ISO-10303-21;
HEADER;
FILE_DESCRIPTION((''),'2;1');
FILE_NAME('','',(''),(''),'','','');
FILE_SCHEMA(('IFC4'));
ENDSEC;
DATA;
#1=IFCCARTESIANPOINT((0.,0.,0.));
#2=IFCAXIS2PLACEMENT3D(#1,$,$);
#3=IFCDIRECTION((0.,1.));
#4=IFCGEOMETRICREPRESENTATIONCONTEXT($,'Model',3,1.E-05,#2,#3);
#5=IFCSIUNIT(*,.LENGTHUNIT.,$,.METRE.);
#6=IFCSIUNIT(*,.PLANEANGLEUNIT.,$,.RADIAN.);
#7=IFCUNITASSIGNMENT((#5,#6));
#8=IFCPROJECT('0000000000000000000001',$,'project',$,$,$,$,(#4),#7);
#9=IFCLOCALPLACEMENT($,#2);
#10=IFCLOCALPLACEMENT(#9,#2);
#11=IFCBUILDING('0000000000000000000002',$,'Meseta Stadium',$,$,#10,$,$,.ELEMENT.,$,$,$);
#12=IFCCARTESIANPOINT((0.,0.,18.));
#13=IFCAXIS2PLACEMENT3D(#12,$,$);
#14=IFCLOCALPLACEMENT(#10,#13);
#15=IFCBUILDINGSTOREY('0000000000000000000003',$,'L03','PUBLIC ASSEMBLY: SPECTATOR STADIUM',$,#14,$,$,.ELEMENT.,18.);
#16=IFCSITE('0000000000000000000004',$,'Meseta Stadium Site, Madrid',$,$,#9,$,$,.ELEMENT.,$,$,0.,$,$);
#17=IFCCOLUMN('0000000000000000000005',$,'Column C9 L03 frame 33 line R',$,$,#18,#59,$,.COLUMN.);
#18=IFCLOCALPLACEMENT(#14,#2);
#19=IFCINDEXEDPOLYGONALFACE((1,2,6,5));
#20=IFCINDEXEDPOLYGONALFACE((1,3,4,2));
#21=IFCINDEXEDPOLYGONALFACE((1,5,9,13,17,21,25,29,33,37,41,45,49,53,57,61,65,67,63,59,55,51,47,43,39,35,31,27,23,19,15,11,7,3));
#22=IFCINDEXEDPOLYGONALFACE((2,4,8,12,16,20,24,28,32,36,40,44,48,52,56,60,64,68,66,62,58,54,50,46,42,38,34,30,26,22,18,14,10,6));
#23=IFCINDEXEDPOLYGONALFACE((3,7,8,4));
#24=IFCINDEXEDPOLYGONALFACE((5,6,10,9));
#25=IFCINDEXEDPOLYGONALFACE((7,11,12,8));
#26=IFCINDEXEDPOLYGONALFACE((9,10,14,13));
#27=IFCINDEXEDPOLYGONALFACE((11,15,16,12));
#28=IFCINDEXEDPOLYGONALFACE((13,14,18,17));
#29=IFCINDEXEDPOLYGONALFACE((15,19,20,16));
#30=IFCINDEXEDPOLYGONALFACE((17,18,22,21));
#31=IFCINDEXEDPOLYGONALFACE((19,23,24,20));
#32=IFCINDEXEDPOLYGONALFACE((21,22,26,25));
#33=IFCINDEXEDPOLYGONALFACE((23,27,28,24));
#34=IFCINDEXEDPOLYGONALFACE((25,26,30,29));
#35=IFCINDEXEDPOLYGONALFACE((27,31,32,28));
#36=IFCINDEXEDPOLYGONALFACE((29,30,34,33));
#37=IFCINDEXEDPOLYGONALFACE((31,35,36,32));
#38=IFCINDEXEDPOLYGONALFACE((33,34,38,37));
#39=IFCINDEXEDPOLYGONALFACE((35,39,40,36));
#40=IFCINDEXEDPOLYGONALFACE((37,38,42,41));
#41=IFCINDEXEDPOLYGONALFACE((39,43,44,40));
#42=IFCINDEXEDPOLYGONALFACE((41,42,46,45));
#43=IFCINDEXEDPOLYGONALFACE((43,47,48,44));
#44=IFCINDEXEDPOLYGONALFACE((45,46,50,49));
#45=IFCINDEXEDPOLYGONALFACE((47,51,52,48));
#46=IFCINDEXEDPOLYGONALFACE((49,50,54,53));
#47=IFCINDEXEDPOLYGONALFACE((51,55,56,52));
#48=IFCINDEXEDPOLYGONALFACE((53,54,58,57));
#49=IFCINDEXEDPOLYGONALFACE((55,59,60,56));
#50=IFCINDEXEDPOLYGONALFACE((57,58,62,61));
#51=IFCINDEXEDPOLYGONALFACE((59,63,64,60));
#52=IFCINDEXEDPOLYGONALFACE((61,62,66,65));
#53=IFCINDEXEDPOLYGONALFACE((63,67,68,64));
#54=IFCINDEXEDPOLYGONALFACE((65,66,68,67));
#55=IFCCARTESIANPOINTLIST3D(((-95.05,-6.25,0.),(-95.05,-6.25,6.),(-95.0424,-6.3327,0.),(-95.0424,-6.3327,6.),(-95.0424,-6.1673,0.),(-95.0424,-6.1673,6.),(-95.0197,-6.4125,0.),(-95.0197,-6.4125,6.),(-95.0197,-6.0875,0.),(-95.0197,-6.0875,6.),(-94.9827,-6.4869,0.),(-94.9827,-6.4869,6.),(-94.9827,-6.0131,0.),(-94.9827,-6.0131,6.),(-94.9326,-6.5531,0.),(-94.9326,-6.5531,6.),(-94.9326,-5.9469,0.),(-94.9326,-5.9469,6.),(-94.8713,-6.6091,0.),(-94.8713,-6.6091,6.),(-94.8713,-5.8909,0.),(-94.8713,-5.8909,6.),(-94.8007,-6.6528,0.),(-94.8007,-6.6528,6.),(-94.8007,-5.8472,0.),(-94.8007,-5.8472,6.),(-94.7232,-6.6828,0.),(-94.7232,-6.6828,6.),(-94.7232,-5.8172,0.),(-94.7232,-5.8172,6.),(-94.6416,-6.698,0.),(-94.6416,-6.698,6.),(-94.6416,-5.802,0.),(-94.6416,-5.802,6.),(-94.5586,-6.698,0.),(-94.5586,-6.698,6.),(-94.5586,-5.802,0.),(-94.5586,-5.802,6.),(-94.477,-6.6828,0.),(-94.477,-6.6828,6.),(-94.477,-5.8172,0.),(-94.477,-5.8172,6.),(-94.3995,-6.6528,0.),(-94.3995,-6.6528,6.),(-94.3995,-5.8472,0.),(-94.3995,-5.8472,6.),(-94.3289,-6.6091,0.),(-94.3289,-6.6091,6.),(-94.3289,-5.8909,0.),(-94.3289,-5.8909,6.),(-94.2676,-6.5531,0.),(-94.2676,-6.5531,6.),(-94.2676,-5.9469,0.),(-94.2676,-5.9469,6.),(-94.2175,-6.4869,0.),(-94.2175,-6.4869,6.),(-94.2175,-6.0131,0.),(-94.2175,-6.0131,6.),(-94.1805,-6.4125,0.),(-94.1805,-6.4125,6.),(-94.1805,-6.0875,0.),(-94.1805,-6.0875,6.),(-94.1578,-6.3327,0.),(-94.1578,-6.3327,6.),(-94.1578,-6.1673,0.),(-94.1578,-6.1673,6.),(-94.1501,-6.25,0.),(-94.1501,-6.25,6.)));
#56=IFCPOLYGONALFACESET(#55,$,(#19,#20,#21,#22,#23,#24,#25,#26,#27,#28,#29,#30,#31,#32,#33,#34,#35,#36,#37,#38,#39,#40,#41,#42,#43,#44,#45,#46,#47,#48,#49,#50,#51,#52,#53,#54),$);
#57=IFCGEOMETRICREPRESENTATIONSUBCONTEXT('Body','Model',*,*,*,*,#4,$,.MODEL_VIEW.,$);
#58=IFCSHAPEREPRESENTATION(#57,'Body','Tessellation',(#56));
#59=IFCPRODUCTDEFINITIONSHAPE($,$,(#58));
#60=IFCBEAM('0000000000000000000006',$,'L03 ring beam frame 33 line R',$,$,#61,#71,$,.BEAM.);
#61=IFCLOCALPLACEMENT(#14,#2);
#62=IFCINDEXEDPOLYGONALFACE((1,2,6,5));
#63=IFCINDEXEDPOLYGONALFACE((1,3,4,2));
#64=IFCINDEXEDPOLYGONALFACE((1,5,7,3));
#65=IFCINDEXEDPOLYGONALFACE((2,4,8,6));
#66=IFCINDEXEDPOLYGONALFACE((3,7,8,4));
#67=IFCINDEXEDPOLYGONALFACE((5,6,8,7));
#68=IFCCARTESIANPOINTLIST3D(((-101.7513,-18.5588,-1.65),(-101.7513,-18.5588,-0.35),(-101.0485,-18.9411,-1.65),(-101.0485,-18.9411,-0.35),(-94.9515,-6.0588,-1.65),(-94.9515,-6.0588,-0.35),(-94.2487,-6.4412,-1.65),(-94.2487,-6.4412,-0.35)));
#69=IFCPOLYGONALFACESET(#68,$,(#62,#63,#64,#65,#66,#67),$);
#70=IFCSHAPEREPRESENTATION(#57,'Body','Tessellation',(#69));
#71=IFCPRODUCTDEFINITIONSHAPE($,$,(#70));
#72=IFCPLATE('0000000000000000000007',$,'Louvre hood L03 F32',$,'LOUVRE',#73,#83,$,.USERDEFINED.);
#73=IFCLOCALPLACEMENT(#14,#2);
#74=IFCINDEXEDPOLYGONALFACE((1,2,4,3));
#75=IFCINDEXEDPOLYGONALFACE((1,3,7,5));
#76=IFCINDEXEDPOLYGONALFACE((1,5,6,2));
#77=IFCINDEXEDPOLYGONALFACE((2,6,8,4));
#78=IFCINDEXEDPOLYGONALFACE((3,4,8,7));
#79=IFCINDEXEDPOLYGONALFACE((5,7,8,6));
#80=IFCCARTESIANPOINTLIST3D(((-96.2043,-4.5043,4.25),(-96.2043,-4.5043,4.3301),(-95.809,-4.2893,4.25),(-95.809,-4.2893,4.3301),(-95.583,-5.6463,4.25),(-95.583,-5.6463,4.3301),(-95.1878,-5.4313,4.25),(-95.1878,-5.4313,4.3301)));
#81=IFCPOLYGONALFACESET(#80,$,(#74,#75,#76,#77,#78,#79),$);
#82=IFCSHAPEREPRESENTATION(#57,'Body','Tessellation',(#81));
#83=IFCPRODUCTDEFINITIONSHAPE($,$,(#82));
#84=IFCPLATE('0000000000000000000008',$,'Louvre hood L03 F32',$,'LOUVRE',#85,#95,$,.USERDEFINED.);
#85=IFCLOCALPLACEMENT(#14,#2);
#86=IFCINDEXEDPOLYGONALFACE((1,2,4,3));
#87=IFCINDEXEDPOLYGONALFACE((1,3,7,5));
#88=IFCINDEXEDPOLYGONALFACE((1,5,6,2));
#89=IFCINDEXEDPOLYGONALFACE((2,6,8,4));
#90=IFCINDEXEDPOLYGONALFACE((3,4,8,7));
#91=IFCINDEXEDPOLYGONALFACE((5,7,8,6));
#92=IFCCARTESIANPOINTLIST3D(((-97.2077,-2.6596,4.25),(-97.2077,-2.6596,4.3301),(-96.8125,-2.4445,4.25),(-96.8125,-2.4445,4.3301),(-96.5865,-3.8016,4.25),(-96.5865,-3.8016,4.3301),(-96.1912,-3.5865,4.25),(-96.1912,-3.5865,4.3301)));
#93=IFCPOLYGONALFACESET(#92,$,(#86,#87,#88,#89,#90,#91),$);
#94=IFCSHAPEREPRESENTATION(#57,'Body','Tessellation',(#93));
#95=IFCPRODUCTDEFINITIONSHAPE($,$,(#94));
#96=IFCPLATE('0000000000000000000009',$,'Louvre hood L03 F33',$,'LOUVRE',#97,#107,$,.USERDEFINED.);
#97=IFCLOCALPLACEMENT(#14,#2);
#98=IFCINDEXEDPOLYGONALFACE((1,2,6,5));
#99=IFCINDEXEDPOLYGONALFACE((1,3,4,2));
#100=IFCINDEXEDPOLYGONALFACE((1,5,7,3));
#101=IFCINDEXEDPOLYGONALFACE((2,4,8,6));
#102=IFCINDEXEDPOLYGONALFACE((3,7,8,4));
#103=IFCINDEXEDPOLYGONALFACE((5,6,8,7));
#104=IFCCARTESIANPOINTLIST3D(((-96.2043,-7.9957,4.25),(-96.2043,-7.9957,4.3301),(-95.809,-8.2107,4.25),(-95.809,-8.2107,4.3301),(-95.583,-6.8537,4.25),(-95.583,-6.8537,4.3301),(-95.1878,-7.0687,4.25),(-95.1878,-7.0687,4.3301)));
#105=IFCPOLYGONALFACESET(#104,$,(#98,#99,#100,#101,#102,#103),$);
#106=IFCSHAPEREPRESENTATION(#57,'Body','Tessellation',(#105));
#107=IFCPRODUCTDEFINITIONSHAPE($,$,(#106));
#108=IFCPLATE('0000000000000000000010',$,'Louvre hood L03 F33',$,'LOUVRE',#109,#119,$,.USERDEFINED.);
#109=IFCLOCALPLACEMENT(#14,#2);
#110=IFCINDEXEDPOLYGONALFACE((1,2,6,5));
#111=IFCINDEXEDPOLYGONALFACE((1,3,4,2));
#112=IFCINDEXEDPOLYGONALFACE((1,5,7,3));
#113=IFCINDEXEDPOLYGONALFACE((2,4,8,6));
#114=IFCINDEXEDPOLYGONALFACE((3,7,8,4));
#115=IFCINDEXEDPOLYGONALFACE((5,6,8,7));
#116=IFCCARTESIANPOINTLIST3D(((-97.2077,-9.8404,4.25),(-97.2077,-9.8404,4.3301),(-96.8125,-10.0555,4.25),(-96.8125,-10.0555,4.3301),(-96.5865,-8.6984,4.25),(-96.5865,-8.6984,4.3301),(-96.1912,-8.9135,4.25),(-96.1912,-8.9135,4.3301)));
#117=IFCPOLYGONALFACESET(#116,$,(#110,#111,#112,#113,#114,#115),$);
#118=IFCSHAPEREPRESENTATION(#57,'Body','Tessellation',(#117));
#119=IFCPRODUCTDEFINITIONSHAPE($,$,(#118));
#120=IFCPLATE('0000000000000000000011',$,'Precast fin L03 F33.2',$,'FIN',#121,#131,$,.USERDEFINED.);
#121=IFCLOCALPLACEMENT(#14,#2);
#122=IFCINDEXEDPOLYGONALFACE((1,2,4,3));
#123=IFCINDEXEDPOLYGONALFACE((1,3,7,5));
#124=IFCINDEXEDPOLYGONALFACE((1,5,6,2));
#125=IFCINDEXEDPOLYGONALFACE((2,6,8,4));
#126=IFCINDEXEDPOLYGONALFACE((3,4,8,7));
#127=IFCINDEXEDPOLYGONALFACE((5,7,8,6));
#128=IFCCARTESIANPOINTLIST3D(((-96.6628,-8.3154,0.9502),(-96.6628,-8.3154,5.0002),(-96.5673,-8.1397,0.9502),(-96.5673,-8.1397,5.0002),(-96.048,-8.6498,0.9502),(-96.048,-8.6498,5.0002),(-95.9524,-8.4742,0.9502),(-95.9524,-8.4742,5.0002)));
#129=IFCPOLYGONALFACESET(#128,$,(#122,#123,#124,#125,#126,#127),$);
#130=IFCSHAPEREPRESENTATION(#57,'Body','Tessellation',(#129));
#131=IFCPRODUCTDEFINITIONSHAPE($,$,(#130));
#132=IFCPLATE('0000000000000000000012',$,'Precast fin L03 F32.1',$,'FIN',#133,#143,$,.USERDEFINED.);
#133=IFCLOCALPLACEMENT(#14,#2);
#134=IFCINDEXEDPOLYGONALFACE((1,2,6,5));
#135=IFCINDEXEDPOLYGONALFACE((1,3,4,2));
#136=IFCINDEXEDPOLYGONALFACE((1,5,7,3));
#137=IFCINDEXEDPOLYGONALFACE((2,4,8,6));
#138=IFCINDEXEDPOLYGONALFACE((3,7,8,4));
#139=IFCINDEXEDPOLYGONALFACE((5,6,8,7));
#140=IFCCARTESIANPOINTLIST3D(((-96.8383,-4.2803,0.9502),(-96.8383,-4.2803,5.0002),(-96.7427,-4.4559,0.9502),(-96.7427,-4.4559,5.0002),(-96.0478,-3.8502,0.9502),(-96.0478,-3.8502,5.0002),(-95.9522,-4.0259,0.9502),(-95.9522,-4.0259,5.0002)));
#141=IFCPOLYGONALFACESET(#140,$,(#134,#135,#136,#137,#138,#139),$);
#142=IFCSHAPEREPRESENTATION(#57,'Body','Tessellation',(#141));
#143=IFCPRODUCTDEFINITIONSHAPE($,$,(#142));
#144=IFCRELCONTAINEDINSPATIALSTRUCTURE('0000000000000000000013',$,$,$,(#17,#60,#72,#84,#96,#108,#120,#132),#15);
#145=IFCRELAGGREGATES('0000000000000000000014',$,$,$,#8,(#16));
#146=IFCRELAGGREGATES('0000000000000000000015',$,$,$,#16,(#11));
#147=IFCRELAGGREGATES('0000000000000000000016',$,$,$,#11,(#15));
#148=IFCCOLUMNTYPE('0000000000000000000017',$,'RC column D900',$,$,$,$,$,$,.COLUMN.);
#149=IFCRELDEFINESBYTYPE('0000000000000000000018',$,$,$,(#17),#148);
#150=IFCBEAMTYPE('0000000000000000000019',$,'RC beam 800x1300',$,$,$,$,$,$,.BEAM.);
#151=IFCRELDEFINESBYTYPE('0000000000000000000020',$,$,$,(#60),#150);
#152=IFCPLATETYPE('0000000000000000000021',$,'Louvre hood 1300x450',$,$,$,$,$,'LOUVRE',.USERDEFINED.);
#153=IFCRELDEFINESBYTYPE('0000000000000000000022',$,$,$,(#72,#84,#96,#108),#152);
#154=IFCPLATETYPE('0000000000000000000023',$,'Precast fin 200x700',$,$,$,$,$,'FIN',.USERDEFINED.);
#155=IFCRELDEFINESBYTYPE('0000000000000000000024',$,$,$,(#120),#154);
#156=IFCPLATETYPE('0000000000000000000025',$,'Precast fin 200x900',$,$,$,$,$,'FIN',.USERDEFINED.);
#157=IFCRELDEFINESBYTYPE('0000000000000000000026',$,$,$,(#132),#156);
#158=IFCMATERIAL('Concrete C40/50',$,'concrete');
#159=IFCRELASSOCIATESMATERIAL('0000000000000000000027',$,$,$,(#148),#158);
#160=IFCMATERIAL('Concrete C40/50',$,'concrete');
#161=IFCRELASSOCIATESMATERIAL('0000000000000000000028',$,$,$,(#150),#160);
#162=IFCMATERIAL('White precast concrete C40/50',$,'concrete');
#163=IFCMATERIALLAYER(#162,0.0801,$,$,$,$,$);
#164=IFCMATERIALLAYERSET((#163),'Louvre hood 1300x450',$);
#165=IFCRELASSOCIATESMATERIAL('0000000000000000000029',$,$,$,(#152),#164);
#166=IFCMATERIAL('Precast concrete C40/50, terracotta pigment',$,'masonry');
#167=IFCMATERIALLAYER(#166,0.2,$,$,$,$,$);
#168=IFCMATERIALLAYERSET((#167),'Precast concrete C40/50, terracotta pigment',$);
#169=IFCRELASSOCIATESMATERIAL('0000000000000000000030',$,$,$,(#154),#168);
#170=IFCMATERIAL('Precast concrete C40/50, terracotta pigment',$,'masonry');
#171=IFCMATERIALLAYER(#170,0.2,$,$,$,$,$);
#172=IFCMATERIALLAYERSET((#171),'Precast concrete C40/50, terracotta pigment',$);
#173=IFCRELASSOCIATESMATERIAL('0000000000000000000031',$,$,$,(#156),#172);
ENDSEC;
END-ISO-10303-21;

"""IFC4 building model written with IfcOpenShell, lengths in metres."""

from ifc_helpers import new_model, si_unit, direction, frame, origin, origin_2d, place, context, subcontext, project, spatial, rectangle, circle, extrude, material, layer, layer_set, material_profile, profile_set, type_object, element, save


model = new_model("IFC4")

# Units and contexts
model_context = context("Model", 3, precision=1e-05, world=origin(), true_north=direction((0.0, 1.0)))
body_context = subcontext(model_context, "Body", "Model", "MODEL_VIEW")
ifc_project = project(units=[si_unit("LENGTHUNIT", "METRE"), si_unit("PLANEANGLEUNIT", "RADIAN")], contexts=[model_context])

# Site, building, storey
site_placement = place(None, origin())
site = spatial("IfcSite", under=ifc_project, at=site_placement, Name="Meseta Stadium Site, Madrid", CompositionType="ELEMENT", RefElevation=0.0)
building_placement = place(site_placement, origin())
building = spatial("IfcBuilding", under=site, at=building_placement, Name="Meseta Stadium", CompositionType="ELEMENT")
storey_placement = place(building_placement, frame((0.0, 0.0, 18.0)))
storey = spatial("IfcBuildingStorey", under=building, at=storey_placement, Name="L03", Description="PUBLIC ASSEMBLY: SPECTATOR STADIUM", CompositionType="ELEMENT", Elevation=18.0)

# Column
ifc_material_1 = material(Name="Concrete C40/50", Category="concrete")
ifc_material_profile_1 = material_profile(ifc_material_1, circle(Radius=0.45, at=origin_2d()), Name="RC D900")
ifc_profile_set_1 = profile_set([ifc_material_profile_1], Name="Concrete C40/50")
column_type = type_object("IfcColumnType", Name="RC column D900", PredefinedType="COLUMN", material=ifc_profile_set_1)
column_placement = place(storey_placement, frame((-94.6001, -6.25, 0.0), z_axis=(0.0, 0.0, 1.0), x_axis=(1.0, 0.0, 0.0)))
element("IfcColumn", 1, at=column_placement, inside=storey, type_object=column_type, Name="Column C9 L03 frame 33 line R", PredefinedType="COLUMN", context=body_context, shape_type="SweptSolid", body=[
    extrude(circle(Radius=0.45, at=origin_2d()), origin(), (0.0, 0.0, 1.0), 6.0),
])

# Beam
ifc_material_2 = material(Name="Concrete C40/50", Category="concrete")
ifc_material_profile_2 = material_profile(ifc_material_2, rectangle(XDim=0.8, YDim=1.3, at=origin_2d()), Name="RC 800x1300")
ifc_profile_set_2 = profile_set([ifc_material_profile_2], Name="Concrete C40/50")
beam_type = type_object("IfcBeamType", Name="RC beam 800x1300", PredefinedType="BEAM", material=ifc_profile_set_2)
beam_placement = place(storey_placement, frame((-94.6001, -6.25, -1.0), z_axis=(-0.477856, -0.878438, 0.0), x_axis=(0.878438, -0.477856, 0.0)))
element("IfcBeam", 2, at=beam_placement, inside=storey, type_object=beam_type, Name="L03 ring beam frame 33 line R", PredefinedType="BEAM", context=body_context, shape_type="SweptSolid", body=[
    extrude(rectangle(XDim=0.8, YDim=1.3, at=origin_2d()), origin(), (0.0, 0.0, 1.0), 14.2297),
])

# Plates
ifc_material_3 = material(Name="White precast concrete C40/50", Category="concrete")
ifc_layer_1 = layer(ifc_material_3, 0.0801)
ifc_layer_set_1 = layer_set([ifc_layer_1], Name="Louvre hood 1300x450")
plate_type_1 = type_object("IfcPlateType", Name="Louvre hood 1300x450", ElementType="LOUVRE", PredefinedType="USERDEFINED", material=ifc_layer_set_1)
for number, where, z_axis, x_axis, name in (
    (3, (-95.696, -4.9678, 4.25), (0.0, 0.0, 1.0), (0.477867, -0.878432, 0.0), "Louvre hood L03 F32"),
    (4, (-96.6995, -3.123, 4.25), (0.0, 0.0, 1.0), (0.477867, -0.878432, 0.0), "Louvre hood L03 F32"),
    (5, (-95.696, -7.5322, 4.25), (0.0, 0.0, 1.0), (-0.477867, -0.878432, 0.0), "Louvre hood L03 F33"),
    (6, (-96.6995, -9.377, 4.25), (0.0, 0.0, 1.0), (-0.477867, -0.878432, 0.0), "Louvre hood L03 F33"),
):
    element("IfcPlate", number, at=place(storey_placement, frame(where, z_axis=z_axis, x_axis=x_axis)), inside=storey, type_object=plate_type_1, Name=name, ObjectType="LOUVRE", PredefinedType="USERDEFINED", context=body_context, shape_type="SweptSolid", body=[
        extrude(rectangle(XDim=1.3, YDim=0.45, at=origin_2d()), origin(), (0.0, 0.0, 1.0), 0.0801),
    ])
ifc_material_4 = material(Name="Precast concrete C40/50, terracotta pigment", Category="masonry")
ifc_layer_2 = layer(ifc_material_4, 0.2)
ifc_layer_set_2 = layer_set([ifc_layer_2], Name="Precast concrete C40/50, terracotta pigment")
plate_type_2 = type_object("IfcPlateType", Name="Precast fin 200x700", ElementType="FIN", PredefinedType="USERDEFINED", material=ifc_layer_set_2)
plate_1_placement = place(storey_placement, frame((-96.3076, -8.3948, 0.9502), z_axis=(0.0, 0.0, 1.0), x_axis=(0.477867, 0.878432, 0.0)))
element("IfcPlate", 7, at=plate_1_placement, inside=storey, type_object=plate_type_2, Name="Precast fin L03 F33.2", ObjectType="FIN", PredefinedType="USERDEFINED", context=body_context, shape_type="SweptSolid", body=[
    extrude(rectangle(XDim=0.2, YDim=0.7, at=origin_2d()), origin(), (0.0, 0.0, 1.0), 4.05),
])
ifc_material_5 = material(Name="Precast concrete C40/50, terracotta pigment", Category="masonry")
ifc_layer_3 = layer(ifc_material_5, 0.2)
ifc_layer_set_3 = layer_set([ifc_layer_3], Name="Precast concrete C40/50, terracotta pigment")
plate_type_3 = type_object("IfcPlateType", Name="Precast fin 200x900", ElementType="FIN", PredefinedType="USERDEFINED", material=ifc_layer_set_3)
plate_2_placement = place(storey_placement, frame((-96.3953, -4.1531, 0.9502), z_axis=(0.0, 0.0, 1.0), x_axis=(-0.477867, 0.878432, 0.0)))
element("IfcPlate", 8, at=plate_2_placement, inside=storey, type_object=plate_type_3, Name="Precast fin L03 F32.1", ObjectType="FIN", PredefinedType="USERDEFINED", context=body_context, shape_type="SweptSolid", body=[
    extrude(rectangle(XDim=0.2, YDim=0.8999, at=origin_2d()), origin(), (0.0, 0.0, 1.0), 4.05),
])

save(model, "model.ifc")
